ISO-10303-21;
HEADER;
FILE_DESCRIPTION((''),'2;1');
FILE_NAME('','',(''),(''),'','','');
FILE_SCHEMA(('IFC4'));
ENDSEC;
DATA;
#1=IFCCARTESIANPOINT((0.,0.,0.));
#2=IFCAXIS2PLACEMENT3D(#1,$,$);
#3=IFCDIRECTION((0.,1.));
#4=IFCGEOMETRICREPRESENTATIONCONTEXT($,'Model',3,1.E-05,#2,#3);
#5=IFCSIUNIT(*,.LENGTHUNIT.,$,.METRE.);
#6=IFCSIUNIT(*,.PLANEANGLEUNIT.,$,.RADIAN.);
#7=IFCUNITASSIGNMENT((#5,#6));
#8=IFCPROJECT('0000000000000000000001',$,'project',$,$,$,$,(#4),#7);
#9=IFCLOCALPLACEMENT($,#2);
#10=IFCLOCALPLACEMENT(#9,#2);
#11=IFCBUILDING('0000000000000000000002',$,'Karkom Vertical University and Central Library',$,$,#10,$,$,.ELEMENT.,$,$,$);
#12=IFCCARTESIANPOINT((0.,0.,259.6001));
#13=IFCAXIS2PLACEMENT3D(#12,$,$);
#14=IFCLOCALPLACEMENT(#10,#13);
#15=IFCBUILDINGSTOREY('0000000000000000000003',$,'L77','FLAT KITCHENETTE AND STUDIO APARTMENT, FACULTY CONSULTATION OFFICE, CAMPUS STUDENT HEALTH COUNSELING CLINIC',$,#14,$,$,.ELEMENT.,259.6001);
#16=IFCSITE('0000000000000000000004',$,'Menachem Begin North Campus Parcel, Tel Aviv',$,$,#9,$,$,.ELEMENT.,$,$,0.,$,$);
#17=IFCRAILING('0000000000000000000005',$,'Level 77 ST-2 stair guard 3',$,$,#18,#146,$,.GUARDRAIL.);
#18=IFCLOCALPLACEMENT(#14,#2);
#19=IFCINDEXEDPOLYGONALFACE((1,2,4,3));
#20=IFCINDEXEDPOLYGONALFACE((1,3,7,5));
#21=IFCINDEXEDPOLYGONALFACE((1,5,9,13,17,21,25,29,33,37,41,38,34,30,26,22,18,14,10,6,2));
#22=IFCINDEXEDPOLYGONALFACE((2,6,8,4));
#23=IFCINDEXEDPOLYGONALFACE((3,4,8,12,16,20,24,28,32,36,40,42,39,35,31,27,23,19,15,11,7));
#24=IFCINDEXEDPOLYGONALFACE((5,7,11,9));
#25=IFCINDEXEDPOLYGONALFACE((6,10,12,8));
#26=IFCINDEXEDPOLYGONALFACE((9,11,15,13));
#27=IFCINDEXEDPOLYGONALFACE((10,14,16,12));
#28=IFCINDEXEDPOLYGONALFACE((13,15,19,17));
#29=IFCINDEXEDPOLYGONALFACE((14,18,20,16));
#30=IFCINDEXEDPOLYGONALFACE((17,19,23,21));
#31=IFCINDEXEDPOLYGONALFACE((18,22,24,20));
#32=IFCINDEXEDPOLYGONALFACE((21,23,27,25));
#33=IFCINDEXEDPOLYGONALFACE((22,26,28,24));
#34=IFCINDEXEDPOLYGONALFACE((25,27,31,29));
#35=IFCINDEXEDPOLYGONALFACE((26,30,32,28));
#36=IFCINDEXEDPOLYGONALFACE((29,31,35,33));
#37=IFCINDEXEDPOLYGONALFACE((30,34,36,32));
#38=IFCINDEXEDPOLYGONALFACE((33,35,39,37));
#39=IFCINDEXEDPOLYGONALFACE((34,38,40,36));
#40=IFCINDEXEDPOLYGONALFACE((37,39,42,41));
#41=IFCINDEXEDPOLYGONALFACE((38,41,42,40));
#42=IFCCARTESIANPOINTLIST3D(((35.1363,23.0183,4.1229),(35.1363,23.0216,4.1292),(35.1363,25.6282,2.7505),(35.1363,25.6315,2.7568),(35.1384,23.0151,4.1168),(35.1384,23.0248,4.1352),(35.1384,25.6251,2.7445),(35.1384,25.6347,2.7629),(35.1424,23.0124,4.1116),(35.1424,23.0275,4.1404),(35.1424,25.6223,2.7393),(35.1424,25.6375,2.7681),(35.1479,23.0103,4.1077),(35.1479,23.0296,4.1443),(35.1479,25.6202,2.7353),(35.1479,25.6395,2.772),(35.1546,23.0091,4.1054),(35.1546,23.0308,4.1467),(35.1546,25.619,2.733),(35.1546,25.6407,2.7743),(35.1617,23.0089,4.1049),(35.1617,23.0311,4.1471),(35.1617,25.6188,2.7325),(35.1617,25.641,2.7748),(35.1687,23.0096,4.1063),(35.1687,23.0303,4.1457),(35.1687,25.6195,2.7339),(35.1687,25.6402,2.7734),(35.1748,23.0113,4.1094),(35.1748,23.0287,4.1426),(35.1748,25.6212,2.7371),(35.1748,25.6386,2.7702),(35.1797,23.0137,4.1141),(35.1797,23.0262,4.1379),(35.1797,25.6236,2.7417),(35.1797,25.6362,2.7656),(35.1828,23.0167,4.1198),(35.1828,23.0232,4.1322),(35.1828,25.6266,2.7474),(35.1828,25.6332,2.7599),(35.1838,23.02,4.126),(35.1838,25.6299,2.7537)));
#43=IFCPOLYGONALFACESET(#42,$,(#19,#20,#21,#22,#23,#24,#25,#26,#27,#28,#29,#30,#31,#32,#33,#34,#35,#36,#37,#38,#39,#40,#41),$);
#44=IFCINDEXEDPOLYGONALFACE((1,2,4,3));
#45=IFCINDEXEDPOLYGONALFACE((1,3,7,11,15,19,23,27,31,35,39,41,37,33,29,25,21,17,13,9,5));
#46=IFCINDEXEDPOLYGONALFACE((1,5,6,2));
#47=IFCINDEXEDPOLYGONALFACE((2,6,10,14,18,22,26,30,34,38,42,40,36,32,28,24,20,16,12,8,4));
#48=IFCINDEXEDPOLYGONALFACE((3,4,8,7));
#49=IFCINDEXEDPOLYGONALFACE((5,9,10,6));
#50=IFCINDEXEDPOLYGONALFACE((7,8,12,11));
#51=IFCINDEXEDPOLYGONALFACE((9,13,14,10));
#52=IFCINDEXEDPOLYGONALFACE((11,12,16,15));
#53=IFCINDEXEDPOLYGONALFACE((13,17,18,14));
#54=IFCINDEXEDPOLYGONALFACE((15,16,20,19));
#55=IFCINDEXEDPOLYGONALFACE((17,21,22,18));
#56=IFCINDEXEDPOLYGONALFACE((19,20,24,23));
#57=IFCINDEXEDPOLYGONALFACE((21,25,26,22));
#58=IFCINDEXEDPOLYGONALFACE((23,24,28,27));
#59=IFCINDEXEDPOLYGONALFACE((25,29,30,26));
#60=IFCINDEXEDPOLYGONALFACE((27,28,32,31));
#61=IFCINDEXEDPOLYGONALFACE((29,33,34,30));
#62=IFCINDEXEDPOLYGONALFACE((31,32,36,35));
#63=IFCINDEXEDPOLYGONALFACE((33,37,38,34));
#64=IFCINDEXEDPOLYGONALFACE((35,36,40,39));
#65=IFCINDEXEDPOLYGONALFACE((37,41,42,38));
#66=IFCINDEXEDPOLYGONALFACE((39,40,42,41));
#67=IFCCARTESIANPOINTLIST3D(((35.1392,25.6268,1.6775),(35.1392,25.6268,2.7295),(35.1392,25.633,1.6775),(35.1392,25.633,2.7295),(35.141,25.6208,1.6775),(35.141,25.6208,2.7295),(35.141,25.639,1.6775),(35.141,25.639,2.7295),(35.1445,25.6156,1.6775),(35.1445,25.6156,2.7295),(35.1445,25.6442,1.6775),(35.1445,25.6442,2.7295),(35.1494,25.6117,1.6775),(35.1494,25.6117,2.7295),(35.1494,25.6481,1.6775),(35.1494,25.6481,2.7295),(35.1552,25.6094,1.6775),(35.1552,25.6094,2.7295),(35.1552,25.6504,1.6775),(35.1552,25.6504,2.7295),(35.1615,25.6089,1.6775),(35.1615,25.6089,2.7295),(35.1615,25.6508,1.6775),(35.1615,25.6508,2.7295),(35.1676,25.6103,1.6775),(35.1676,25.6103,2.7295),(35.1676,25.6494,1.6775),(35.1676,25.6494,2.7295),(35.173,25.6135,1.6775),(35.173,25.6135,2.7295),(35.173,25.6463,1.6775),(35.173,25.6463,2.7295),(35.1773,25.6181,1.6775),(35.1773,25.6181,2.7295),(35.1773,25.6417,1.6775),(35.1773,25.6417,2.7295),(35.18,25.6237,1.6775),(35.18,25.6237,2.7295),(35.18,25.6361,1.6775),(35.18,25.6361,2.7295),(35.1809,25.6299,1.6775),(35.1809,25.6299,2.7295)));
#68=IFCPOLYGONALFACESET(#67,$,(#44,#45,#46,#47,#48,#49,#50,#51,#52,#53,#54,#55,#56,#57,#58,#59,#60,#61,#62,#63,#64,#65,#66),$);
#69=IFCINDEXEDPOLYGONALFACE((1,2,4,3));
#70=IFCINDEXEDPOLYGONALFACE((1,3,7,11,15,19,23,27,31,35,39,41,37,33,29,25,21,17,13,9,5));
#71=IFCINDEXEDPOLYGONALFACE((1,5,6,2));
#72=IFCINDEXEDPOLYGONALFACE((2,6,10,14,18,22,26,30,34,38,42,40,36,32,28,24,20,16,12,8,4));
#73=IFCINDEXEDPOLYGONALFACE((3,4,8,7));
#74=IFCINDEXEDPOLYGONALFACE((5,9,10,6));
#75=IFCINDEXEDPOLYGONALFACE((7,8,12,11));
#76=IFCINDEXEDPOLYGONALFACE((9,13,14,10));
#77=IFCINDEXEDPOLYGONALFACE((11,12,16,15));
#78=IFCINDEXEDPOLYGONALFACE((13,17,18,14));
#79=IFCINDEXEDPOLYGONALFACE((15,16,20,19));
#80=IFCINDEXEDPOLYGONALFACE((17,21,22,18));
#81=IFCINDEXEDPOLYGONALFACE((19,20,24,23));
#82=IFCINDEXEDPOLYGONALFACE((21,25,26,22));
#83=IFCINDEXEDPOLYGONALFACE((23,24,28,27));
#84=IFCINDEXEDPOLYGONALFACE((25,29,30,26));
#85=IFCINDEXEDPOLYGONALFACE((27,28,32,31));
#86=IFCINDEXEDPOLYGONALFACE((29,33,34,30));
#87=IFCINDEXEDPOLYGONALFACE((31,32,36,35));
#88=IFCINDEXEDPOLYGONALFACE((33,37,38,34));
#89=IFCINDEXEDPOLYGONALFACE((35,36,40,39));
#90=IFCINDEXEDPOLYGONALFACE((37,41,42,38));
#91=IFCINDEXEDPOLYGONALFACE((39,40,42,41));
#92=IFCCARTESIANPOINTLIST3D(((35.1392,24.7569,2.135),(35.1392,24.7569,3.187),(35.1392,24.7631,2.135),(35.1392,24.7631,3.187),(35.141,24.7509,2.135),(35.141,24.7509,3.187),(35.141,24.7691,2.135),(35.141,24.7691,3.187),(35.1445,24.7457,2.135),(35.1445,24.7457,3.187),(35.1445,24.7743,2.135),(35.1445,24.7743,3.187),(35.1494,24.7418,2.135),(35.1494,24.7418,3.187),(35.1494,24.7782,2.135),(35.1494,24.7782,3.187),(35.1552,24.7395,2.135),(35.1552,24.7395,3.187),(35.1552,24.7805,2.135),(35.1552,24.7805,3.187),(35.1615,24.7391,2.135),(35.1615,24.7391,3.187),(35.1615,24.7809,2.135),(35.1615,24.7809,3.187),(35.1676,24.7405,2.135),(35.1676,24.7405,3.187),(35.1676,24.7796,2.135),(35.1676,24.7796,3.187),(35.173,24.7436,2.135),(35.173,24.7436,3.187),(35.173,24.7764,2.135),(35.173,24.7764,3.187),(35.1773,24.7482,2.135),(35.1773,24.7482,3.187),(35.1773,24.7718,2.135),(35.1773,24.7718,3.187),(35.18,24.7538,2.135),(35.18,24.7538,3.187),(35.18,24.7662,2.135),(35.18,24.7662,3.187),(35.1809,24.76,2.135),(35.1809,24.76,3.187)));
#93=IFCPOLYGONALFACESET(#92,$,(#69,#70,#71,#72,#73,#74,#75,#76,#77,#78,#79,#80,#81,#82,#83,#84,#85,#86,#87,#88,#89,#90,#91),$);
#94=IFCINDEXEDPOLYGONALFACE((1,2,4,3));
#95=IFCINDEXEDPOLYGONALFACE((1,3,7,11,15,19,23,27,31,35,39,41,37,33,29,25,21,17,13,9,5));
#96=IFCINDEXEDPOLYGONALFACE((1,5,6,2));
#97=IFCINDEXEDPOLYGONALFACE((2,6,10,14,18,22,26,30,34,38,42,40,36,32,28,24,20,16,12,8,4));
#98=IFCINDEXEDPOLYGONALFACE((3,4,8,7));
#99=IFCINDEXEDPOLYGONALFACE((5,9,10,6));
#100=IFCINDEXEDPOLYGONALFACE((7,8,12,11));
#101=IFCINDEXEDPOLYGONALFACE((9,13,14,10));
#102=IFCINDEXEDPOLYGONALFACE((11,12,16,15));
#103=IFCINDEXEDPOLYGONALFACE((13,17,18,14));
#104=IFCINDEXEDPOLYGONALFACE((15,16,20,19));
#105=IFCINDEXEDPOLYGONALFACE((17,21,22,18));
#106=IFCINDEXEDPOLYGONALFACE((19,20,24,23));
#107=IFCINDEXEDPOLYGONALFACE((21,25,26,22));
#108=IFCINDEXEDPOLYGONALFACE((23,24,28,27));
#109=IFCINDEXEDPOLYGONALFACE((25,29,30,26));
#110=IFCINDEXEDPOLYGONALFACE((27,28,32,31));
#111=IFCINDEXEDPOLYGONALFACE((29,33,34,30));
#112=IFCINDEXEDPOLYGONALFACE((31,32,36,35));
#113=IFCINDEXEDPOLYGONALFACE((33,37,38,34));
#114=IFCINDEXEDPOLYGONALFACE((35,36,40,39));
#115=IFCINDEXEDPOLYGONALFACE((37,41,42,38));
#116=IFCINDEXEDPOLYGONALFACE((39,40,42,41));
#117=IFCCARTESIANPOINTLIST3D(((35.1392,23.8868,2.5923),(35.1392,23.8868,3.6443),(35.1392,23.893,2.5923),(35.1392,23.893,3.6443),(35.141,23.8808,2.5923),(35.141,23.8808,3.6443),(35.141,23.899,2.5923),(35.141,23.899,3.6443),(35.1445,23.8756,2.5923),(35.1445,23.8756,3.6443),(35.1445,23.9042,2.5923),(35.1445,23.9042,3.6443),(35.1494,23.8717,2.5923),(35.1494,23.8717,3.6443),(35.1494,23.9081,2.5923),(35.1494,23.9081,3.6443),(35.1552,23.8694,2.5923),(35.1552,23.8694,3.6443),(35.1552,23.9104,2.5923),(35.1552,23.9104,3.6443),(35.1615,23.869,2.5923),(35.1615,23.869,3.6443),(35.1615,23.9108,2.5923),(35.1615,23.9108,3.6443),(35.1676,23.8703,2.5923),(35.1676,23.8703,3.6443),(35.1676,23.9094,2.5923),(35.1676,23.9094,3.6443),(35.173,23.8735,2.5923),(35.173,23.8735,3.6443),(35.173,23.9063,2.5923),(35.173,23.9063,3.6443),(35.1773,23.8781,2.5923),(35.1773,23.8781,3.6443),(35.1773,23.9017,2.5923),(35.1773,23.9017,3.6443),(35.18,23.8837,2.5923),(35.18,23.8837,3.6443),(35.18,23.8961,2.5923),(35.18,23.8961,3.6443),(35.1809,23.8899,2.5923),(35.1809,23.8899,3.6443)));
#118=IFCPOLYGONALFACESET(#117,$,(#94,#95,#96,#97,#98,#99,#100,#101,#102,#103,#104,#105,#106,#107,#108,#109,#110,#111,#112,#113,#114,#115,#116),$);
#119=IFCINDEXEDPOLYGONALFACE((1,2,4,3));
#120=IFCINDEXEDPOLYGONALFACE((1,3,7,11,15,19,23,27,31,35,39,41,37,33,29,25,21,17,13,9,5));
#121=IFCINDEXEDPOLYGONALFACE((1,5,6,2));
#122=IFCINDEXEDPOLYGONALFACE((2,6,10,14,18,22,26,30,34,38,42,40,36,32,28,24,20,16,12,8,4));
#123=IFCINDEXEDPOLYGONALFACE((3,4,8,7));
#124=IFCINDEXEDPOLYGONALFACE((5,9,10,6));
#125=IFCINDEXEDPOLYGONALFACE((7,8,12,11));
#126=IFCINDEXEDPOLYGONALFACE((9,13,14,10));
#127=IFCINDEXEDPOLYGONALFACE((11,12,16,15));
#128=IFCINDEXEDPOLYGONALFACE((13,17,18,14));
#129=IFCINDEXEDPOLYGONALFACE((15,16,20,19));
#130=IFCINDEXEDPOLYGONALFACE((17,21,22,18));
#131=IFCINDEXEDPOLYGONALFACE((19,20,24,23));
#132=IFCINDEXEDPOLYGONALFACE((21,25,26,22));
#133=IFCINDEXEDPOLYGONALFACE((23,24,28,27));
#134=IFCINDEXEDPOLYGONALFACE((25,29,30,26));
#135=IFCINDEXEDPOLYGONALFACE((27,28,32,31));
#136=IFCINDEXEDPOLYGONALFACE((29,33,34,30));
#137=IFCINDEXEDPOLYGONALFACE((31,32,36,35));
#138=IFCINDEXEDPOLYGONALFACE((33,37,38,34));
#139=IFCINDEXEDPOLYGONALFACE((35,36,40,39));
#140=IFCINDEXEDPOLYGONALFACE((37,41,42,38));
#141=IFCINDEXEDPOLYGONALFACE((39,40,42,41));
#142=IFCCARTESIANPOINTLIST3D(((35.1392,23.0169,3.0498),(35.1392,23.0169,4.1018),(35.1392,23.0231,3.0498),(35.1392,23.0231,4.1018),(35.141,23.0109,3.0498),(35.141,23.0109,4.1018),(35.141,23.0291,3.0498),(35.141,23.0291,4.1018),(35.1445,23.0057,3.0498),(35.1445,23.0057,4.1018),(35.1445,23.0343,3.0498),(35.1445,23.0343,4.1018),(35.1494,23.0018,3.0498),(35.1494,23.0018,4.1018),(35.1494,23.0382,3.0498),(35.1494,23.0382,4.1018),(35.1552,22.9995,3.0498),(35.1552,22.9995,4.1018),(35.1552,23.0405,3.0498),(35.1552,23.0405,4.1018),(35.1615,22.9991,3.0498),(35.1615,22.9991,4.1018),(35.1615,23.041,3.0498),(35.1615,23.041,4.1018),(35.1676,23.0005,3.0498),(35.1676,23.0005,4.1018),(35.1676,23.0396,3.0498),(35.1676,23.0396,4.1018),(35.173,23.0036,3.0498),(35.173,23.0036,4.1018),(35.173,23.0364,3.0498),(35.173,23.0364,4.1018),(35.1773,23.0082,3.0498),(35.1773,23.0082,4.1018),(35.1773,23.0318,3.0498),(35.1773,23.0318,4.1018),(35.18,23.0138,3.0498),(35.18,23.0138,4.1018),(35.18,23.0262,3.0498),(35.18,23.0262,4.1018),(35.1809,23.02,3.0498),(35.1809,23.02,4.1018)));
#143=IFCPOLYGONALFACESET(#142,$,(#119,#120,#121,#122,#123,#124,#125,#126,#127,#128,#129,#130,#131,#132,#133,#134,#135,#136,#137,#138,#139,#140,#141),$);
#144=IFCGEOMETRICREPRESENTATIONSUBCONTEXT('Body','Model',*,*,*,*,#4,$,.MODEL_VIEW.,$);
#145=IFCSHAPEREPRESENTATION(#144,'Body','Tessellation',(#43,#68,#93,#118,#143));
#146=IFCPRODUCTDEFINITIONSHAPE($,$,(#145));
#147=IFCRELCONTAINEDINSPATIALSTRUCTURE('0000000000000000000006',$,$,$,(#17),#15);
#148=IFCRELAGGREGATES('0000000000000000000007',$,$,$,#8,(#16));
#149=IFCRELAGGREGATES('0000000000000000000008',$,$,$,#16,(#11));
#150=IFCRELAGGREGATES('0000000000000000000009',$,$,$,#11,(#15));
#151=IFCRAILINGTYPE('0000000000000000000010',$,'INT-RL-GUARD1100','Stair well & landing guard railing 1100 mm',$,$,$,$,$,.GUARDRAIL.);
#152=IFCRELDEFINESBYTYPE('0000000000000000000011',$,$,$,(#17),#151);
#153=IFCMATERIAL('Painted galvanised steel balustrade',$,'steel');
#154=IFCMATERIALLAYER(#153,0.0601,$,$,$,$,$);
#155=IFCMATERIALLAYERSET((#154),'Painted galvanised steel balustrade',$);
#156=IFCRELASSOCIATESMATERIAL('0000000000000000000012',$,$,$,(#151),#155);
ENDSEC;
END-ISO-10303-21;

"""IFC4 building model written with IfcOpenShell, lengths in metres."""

from ifc_helpers import new_model, si_unit, direction, frame, origin, origin_2d, place, context, subcontext, project, spatial, circle, extrude, material, layer, layer_set, type_object, element, save


model = new_model("IFC4")

# Units and contexts
model_context = context("Model", 3, precision=1e-05, world=origin(), true_north=direction((0.0, 1.0)))
body_context = subcontext(model_context, "Body", "Model", "MODEL_VIEW")
ifc_project = project(units=[si_unit("LENGTHUNIT", "METRE"), si_unit("PLANEANGLEUNIT", "RADIAN")], contexts=[model_context])

# Site, building, storey
site_placement = place(None, origin())
site = spatial("IfcSite", under=ifc_project, at=site_placement, Name="Menachem Begin North Campus Parcel, Tel Aviv", CompositionType="ELEMENT", RefElevation=0.0)
building_placement = place(site_placement, origin())
building = spatial("IfcBuilding", under=site, at=building_placement, Name="Karkom Vertical University and Central Library", CompositionType="ELEMENT")
storey_placement = place(building_placement, frame((0.0, 0.0, 259.6001)))
storey = spatial("IfcBuildingStorey", under=building, at=storey_placement, Name="L77", Description="FLAT KITCHENETTE AND STUDIO APARTMENT, FACULTY CONSULTATION OFFICE, CAMPUS STUDENT HEALTH COUNSELING CLINIC", CompositionType="ELEMENT", Elevation=259.6001)

# Railing
ifc_material_1 = material(Name="Painted galvanised steel balustrade", Category="steel")
ifc_layer_1 = layer(ifc_material_1, 0.0601)
ifc_layer_set_1 = layer_set([ifc_layer_1], Name="Painted galvanised steel balustrade")
railing_type = type_object("IfcRailingType", Name="INT-RL-GUARD1100", Description="Stair well & landing guard railing 1100 mm", PredefinedType="GUARDRAIL", material=ifc_layer_set_1)
railing_1_placement = place(storey_placement, frame((35.1599, 25.6299, 1.6775)))
element("IfcRailing", 1, at=railing_1_placement, inside=storey, type_object=railing_type, Name="Level 77 ST-2 stair guard 3", PredefinedType="GUARDRAIL", context=body_context, shape_type="SweptSolid", body=[
    extrude(circle(Radius=0.0239, at=origin_2d()), frame((0.0, 0.0, 1.0762), z_axis=(0.0, -0.8851, 0.465402), x_axis=(1.0, 0.0, 0.0)), (0.0, 0.0, 1.0), 2.9487),
    extrude(circle(Radius=0.021, at=origin_2d()), origin(), (0.0, 0.0, 1.0), 1.052),
    extrude(circle(Radius=0.021, at=origin_2d()), frame((0.0, -0.8699, 0.4575)), (0.0, 0.0, 1.0), 1.052),
    extrude(circle(Radius=0.021, at=origin_2d()), frame((0.0, -1.74, 0.9148)), (0.0, 0.0, 1.0), 1.052),
    extrude(circle(Radius=0.021, at=origin_2d()), frame((0.0, -2.6099, 1.3723)), (0.0, 0.0, 1.0), 1.052),
])

save(model, "model.ifc")
